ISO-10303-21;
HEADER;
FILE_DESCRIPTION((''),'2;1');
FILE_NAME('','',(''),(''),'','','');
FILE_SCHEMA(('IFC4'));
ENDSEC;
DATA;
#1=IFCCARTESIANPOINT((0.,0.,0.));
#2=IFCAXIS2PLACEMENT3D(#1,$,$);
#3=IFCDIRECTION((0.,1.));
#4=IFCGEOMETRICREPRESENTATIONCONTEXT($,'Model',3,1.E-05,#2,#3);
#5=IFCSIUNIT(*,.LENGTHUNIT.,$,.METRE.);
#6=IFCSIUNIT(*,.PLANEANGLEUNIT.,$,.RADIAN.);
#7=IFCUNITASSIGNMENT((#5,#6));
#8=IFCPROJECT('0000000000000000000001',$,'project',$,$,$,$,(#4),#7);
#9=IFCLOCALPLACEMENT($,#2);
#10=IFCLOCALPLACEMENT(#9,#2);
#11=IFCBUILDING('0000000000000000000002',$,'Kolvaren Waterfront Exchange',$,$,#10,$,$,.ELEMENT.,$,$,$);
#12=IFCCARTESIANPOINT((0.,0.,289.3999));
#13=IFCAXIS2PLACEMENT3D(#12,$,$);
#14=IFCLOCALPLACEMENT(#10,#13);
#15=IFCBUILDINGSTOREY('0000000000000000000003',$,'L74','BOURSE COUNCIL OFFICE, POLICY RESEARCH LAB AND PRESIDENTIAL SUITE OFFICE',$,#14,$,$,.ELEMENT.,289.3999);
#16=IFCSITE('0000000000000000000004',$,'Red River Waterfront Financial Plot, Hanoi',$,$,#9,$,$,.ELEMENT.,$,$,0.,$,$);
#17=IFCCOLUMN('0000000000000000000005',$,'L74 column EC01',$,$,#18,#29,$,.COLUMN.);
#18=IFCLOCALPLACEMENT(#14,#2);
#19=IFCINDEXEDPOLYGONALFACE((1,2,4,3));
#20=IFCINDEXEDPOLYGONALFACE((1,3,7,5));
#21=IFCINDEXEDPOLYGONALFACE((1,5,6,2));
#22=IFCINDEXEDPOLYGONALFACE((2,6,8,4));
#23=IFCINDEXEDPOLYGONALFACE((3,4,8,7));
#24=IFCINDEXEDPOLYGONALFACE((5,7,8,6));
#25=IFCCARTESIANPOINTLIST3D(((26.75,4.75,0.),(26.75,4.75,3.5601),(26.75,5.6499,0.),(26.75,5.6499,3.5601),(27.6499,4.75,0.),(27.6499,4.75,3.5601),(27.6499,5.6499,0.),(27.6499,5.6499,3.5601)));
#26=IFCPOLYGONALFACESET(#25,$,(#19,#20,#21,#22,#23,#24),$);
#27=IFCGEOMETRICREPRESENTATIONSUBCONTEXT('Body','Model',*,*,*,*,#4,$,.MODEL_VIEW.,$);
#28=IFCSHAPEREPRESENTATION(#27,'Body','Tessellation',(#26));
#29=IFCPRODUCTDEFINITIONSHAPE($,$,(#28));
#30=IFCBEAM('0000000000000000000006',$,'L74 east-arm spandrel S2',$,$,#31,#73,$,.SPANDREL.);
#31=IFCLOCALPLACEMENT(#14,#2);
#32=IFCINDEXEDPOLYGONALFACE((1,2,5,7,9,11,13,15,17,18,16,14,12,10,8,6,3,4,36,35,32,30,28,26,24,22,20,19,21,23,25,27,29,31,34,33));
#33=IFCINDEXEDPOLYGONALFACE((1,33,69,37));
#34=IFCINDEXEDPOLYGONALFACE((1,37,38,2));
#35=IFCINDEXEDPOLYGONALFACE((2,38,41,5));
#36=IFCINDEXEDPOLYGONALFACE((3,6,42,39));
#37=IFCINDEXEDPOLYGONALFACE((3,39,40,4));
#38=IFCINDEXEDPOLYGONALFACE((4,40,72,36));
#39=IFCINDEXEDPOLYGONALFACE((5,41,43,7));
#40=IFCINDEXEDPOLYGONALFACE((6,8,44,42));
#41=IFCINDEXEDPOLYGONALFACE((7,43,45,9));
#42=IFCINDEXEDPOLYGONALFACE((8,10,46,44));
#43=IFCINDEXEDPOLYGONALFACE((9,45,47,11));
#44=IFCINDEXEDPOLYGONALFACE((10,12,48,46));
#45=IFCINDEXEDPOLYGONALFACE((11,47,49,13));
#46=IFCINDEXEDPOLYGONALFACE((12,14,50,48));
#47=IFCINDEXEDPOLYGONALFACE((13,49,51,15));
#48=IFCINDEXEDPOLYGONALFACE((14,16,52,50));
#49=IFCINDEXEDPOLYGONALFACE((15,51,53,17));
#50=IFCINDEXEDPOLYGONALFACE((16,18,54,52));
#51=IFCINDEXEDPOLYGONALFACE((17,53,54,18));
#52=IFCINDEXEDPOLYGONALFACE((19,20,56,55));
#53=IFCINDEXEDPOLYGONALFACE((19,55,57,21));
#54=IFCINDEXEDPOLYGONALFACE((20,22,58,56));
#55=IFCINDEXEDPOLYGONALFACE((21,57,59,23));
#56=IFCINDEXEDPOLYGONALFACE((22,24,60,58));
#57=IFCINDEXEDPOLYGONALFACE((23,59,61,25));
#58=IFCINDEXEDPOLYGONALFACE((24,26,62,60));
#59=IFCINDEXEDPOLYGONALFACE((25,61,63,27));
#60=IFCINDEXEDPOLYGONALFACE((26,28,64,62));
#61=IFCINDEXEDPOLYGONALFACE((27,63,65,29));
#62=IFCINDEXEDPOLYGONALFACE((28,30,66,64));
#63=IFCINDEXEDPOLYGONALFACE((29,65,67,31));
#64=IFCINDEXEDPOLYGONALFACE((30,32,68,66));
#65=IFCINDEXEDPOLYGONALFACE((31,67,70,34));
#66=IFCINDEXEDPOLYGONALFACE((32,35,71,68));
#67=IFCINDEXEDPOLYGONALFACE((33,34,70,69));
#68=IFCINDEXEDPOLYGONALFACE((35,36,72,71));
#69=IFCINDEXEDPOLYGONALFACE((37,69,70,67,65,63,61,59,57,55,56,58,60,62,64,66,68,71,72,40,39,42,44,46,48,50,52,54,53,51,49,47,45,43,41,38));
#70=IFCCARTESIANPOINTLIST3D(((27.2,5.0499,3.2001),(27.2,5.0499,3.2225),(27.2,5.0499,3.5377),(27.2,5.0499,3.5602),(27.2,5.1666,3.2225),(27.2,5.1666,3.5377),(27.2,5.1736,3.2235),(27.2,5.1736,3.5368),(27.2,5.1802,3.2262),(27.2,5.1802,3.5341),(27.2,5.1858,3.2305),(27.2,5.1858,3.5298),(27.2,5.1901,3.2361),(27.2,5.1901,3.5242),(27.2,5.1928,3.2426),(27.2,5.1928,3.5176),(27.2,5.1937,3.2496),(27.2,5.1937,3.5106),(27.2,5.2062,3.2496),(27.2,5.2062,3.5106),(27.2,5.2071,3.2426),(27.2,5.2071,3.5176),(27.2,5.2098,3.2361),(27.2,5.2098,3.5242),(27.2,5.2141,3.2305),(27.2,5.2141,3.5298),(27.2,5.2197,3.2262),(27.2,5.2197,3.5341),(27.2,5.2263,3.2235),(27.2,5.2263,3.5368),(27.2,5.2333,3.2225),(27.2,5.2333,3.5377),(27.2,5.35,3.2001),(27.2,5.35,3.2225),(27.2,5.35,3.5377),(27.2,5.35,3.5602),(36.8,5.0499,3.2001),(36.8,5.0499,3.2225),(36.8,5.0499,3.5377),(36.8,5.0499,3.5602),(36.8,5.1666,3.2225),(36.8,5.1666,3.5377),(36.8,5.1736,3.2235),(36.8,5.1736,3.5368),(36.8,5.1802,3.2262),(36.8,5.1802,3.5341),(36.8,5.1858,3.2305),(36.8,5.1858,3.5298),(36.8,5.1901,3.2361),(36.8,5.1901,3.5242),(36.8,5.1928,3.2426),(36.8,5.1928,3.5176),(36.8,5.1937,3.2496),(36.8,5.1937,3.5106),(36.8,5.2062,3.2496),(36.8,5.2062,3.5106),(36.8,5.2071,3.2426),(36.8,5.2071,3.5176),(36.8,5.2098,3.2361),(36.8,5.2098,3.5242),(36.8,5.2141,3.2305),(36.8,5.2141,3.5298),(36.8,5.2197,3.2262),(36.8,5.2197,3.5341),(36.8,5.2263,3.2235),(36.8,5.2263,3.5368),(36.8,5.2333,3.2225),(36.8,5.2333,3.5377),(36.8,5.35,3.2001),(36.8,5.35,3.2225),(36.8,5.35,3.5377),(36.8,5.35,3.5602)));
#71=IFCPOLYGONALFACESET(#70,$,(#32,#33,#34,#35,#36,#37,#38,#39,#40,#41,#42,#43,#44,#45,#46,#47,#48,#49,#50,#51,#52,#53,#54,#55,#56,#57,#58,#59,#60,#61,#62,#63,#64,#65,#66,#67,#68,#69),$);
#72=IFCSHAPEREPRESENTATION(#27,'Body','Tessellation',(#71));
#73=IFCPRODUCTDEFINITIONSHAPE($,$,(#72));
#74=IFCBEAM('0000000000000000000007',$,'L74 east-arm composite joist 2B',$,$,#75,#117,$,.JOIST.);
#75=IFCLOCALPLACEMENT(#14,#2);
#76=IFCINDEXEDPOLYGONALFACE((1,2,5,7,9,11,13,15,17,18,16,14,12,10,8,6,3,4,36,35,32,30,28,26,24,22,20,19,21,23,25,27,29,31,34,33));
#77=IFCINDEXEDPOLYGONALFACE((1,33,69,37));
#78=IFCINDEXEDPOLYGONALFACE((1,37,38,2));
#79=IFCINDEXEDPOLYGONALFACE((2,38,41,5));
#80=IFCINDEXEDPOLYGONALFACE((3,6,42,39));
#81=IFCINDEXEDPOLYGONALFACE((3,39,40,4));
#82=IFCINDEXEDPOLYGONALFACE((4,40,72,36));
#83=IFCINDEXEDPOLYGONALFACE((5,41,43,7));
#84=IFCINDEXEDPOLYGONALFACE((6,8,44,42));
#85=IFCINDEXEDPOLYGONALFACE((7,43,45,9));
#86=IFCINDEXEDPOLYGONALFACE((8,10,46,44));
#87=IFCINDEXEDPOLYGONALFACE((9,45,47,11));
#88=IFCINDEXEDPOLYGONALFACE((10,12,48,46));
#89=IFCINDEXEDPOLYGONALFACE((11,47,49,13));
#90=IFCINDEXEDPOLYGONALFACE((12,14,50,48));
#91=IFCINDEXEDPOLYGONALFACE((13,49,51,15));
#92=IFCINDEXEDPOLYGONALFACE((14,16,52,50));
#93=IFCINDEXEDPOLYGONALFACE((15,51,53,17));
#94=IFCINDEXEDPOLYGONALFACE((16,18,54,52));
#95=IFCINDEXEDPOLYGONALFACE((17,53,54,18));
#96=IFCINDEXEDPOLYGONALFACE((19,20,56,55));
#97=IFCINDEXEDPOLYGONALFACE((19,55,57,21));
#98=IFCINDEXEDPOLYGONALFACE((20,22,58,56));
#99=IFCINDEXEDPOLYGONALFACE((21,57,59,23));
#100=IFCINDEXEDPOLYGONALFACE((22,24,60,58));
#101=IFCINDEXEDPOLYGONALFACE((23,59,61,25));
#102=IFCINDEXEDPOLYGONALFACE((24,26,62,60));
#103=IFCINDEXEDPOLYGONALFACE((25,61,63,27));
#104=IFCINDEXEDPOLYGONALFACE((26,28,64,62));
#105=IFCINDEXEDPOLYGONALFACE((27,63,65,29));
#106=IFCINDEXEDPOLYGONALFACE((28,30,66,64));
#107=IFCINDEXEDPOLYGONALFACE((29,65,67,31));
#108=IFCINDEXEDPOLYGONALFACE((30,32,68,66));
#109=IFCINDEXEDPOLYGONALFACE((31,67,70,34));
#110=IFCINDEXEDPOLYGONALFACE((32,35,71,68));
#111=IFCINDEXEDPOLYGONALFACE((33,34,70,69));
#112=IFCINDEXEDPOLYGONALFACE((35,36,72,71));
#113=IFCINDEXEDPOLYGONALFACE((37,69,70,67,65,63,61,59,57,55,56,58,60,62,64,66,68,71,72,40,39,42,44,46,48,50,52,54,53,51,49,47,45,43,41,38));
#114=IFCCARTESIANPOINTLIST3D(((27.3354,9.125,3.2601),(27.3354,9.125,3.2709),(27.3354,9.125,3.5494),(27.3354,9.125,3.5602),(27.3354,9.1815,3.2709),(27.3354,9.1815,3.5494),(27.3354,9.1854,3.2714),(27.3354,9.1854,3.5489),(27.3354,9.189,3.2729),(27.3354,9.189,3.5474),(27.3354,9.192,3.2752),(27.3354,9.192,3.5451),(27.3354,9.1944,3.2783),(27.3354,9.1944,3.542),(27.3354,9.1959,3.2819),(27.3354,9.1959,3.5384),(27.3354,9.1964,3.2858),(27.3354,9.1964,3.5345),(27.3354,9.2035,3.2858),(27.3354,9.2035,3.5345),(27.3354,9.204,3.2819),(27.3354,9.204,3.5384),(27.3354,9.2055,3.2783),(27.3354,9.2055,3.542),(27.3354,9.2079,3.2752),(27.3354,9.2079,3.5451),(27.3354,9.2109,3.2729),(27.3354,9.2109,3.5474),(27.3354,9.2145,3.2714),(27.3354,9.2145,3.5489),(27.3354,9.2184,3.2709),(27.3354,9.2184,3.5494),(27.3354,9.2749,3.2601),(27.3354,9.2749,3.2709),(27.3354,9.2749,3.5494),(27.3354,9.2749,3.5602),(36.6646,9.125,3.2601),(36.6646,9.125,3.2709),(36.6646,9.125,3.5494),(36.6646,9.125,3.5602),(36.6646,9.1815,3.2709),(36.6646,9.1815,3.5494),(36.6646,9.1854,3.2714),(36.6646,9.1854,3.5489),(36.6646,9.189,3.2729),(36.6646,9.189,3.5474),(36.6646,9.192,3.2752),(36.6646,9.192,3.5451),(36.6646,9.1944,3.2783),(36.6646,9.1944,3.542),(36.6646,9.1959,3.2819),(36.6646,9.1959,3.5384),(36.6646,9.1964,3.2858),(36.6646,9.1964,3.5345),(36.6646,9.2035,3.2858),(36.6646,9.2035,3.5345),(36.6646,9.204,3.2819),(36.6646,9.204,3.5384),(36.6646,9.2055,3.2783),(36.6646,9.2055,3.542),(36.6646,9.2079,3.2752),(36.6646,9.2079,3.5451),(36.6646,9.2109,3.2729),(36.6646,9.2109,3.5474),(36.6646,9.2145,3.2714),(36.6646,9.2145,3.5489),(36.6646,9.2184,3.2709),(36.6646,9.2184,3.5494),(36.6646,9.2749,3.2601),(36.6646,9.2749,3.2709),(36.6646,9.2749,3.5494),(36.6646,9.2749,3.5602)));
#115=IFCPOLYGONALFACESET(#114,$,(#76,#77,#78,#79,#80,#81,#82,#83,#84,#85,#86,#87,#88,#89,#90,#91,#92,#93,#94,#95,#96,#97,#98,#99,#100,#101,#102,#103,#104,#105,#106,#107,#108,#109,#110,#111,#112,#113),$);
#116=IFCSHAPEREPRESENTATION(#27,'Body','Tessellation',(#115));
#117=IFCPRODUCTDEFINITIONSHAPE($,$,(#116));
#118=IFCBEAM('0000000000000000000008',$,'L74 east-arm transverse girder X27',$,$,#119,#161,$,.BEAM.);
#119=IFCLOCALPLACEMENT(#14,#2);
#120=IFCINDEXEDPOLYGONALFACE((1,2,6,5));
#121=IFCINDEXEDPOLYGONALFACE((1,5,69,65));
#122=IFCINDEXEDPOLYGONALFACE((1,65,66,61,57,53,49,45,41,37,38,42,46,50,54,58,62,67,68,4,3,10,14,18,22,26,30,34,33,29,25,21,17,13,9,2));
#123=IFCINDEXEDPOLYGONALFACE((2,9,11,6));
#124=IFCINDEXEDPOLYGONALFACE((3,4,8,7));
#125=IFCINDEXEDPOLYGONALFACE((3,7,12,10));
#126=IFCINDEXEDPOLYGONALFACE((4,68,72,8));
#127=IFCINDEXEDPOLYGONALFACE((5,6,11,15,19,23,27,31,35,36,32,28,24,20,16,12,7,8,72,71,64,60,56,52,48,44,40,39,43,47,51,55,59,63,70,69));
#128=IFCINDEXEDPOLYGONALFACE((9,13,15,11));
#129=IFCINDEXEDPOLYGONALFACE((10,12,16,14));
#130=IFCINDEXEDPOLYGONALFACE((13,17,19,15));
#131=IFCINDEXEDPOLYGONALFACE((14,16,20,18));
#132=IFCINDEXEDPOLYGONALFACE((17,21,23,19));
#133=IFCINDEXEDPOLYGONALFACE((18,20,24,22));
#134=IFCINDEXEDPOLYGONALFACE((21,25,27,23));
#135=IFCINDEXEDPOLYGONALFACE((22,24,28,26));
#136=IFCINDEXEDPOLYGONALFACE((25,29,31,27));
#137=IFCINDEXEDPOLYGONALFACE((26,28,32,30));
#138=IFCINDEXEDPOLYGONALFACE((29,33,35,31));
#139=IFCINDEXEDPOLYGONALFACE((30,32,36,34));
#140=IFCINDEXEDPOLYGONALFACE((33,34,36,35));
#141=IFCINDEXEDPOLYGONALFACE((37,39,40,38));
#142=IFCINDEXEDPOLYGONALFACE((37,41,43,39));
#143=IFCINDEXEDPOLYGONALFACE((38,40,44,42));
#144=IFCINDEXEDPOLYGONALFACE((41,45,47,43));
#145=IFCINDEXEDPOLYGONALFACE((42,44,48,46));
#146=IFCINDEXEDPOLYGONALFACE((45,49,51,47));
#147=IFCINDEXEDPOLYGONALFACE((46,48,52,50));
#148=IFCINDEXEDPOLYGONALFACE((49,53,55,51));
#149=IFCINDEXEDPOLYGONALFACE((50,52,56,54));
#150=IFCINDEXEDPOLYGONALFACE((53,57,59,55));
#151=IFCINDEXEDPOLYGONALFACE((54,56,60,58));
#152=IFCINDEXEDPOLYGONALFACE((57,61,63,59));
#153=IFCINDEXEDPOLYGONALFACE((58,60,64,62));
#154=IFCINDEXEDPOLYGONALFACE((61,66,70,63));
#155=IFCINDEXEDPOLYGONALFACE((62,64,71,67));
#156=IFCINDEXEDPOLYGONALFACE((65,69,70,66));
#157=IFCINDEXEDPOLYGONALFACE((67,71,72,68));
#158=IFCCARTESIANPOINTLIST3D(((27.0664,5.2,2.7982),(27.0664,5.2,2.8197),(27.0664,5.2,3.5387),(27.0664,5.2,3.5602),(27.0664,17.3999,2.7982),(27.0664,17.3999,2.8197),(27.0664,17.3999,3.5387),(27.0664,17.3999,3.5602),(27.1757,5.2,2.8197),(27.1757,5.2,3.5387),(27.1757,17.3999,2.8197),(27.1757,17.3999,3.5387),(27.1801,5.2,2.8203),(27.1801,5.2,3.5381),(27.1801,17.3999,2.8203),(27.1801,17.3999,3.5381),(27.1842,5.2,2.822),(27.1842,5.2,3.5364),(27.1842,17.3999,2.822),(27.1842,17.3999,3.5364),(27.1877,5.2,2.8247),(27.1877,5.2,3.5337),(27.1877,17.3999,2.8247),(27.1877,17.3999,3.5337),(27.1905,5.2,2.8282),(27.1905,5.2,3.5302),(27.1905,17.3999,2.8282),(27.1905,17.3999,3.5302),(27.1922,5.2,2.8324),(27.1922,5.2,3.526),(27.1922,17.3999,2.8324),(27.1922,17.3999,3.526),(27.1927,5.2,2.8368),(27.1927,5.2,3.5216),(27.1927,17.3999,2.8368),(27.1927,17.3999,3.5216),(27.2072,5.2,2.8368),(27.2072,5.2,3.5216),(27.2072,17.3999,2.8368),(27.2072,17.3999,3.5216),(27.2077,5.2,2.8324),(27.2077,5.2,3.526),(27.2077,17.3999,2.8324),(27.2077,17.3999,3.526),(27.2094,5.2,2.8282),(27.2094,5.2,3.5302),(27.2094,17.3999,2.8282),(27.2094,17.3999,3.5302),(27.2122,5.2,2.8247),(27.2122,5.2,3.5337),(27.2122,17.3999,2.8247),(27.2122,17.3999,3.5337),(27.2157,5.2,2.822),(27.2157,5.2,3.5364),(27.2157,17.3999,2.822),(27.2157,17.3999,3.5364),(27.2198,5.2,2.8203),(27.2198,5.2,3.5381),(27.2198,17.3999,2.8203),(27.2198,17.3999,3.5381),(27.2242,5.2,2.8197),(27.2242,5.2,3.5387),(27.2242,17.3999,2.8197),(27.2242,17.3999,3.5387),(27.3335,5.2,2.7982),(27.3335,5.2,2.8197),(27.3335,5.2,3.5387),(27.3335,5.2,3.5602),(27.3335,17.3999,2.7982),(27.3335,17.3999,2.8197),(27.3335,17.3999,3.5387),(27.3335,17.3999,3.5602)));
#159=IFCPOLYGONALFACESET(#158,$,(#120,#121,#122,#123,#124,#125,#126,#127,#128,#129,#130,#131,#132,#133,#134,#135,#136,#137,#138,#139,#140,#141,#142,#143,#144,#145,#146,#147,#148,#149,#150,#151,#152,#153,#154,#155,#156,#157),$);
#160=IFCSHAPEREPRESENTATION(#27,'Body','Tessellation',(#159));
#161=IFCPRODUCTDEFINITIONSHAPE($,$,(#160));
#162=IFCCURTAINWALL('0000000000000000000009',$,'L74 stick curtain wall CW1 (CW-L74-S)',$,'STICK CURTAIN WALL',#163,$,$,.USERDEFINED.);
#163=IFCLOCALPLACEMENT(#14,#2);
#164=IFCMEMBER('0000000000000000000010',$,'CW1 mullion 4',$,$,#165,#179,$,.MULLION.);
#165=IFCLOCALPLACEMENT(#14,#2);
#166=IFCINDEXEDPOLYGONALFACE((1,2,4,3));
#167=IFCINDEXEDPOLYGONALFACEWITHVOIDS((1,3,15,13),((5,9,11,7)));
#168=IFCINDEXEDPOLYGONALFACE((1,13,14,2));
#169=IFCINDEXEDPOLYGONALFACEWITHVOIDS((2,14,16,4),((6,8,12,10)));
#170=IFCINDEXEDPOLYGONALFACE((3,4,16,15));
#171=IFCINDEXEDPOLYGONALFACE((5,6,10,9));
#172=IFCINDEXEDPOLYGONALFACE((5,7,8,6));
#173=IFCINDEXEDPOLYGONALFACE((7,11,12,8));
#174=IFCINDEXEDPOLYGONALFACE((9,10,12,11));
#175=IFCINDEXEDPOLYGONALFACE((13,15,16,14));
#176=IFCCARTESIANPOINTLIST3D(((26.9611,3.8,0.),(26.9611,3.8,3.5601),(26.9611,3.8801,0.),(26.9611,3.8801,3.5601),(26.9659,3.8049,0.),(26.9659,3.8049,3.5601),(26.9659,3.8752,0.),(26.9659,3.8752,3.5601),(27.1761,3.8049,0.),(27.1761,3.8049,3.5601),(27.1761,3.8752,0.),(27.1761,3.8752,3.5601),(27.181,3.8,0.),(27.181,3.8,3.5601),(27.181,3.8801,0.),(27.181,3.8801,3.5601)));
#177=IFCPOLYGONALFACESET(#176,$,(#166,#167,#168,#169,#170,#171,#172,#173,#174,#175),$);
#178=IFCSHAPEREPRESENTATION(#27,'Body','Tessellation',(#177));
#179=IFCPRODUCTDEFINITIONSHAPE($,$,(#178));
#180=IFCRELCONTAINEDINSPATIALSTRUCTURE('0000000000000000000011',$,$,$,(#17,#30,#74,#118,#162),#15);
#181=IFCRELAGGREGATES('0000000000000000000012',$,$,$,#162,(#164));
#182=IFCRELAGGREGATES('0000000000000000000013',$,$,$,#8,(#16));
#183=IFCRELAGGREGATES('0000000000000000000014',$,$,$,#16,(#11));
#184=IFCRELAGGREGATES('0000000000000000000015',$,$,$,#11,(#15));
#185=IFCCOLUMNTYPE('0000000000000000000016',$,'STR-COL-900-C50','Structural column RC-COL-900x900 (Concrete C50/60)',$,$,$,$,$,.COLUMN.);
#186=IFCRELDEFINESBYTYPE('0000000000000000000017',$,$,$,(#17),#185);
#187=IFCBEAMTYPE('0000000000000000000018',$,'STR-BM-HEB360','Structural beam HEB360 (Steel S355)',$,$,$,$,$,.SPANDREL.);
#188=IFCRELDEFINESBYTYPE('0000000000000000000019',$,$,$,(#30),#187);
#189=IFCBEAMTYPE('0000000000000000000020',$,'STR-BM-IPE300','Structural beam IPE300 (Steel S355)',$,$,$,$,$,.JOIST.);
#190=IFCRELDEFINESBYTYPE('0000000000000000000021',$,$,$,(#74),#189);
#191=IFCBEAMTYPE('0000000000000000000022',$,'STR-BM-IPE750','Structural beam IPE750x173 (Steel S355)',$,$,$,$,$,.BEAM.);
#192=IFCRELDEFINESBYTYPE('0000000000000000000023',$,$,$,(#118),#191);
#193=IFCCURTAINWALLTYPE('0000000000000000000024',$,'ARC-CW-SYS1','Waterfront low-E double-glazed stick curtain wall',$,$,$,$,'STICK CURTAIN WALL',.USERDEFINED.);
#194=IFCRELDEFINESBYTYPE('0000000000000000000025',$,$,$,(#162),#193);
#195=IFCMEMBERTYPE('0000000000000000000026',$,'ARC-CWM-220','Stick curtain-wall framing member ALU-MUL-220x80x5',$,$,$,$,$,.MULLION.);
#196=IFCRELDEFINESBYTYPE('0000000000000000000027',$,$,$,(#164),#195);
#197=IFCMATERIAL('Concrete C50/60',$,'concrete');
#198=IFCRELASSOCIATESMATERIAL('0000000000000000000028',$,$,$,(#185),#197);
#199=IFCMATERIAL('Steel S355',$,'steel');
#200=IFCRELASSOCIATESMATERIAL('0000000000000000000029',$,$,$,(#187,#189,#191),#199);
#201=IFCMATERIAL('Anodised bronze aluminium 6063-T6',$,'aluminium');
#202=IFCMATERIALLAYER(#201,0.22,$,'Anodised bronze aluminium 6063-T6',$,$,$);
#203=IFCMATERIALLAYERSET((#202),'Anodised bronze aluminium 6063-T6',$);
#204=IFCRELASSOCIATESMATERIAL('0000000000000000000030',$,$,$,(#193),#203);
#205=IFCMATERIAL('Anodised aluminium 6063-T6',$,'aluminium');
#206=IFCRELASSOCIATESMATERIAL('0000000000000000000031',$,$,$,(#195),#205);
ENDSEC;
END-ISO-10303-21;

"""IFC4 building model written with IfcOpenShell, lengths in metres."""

from ifc_helpers import new_model, si_unit, direction, frame, origin, origin_with_axes, origin_2d, place, context, subcontext, project, spatial, rectangle, hollow_rectangle, i_section, extrude, source, transform, mapped, material, layer, layer_set, material_profile, profile_set, type_object, element, aggregate, save


model = new_model("IFC4")

# Units and contexts
model_context = context("Model", 3, precision=1e-05, world=origin(), true_north=direction((0.0, 1.0)))
body_context = subcontext(model_context, "Body", "Model", "MODEL_VIEW")
ifc_project = project(units=[si_unit("LENGTHUNIT", "METRE"), si_unit("PLANEANGLEUNIT", "RADIAN")], contexts=[model_context])

# Site, building, storey
site_placement = place(None, origin())
site = spatial("IfcSite", under=ifc_project, at=site_placement, Name="Red River Waterfront Financial Plot, Hanoi", CompositionType="ELEMENT", RefElevation=0.0)
building_placement = place(site_placement, origin())
building = spatial("IfcBuilding", under=site, at=building_placement, Name="Kolvaren Waterfront Exchange", CompositionType="ELEMENT")
storey_placement = place(building_placement, frame((0.0, 0.0, 289.3999)))
storey = spatial("IfcBuildingStorey", under=building, at=storey_placement, Name="L74", Description="BOURSE COUNCIL OFFICE, POLICY RESEARCH LAB AND PRESIDENTIAL SUITE OFFICE", CompositionType="ELEMENT", Elevation=289.3999)

# Column
ifc_material_1 = material(Name="Concrete C50/60", Category="concrete")
ifc_material_profile_1 = material_profile(ifc_material_1, rectangle(XDim=0.8999, YDim=0.8999, at=origin_2d()), Name="RC-COL-900x900")
ifc_profile_set_1 = profile_set([ifc_material_profile_1], Name="Concrete C50/60")
column_type = type_object("IfcColumnType", Name="STR-COL-900-C50", Description="Structural column RC-COL-900x900 (Concrete C50/60)", PredefinedType="COLUMN", material=ifc_profile_set_1)
column_placement = place(storey_placement, frame((27.2, 5.2, 0.0), z_axis=(0.0, 0.0, 1.0), x_axis=(1.0, 0.0, 0.0)))
element("IfcColumn", 1, at=column_placement, inside=storey, type_object=column_type, Name="L74 column EC01", PredefinedType="COLUMN", context=body_context, shape_type="SweptSolid", body=[
    extrude(rectangle(XDim=0.8999, YDim=0.8999, at=origin_2d()), origin(), (0.0, 0.0, 1.0), 3.5601),
])

# Beams
ifc_material_2 = material(Name="Steel S355", Category="steel")
ifc_material_profile_2 = material_profile(ifc_material_2, i_section(OverallWidth=0.3, OverallDepth=0.3601, WebThickness=0.0125, FlangeThickness=0.0225, FilletRadius=0.0271, at=origin_2d()), Name="HEB360")
ifc_profile_set_2 = profile_set([ifc_material_profile_2], Name="Steel S355")
beam_type_1 = type_object("IfcBeamType", Name="STR-BM-HEB360", Description="Structural beam HEB360 (Steel S355)", PredefinedType="SPANDREL", material=ifc_profile_set_2)
beam_1_placement = place(storey_placement, frame((27.2, 5.2, 3.3801), z_axis=(1.0, 0.0, 0.0), x_axis=(0.0, 1.0, 0.0)))
element("IfcBeam", 2, at=beam_1_placement, inside=storey, type_object=beam_type_1, Name="L74 east-arm spandrel S2", PredefinedType="SPANDREL", context=body_context, shape_type="SweptSolid", body=[
    extrude(i_section(OverallWidth=0.3, OverallDepth=0.3601, WebThickness=0.0125, FlangeThickness=0.0225, FilletRadius=0.0271, at=origin_2d()), origin(), (0.0, 0.0, 1.0), 9.6001),
])
ifc_material_profile_3 = material_profile(ifc_material_2, i_section(OverallWidth=0.1499, OverallDepth=0.3, WebThickness=0.0071, FlangeThickness=0.0107, FilletRadius=0.0149, at=origin_2d()), Name="IPE300")
ifc_profile_set_3 = profile_set([ifc_material_profile_3], Name="Steel S355")
beam_type_2 = type_object("IfcBeamType", Name="STR-BM-IPE300", Description="Structural beam IPE300 (Steel S355)", PredefinedType="JOIST", material=ifc_profile_set_3)
beam_2_placement = place(storey_placement, frame((27.3354, 9.2, 3.4102), z_axis=(1.0, 0.0, 0.0), x_axis=(0.0, 1.0, 0.0)))
element("IfcBeam", 3, at=beam_2_placement, inside=storey, type_object=beam_type_2, Name="L74 east-arm composite joist 2B", PredefinedType="JOIST", context=body_context, shape_type="SweptSolid", body=[
    extrude(i_section(OverallWidth=0.1499, OverallDepth=0.3, WebThickness=0.0071, FlangeThickness=0.0107, FilletRadius=0.0149, at=origin_2d()), origin(), (0.0, 0.0, 1.0), 9.3291),
])
ifc_material_profile_4 = material_profile(ifc_material_2, i_section(OverallWidth=0.2671, OverallDepth=0.762, WebThickness=0.0144, FlangeThickness=0.0215, FilletRadius=0.0171, at=origin_2d()), Name="IPE750x173")
ifc_profile_set_4 = profile_set([ifc_material_profile_4], Name="Steel S355")
beam_type_3 = type_object("IfcBeamType", Name="STR-BM-IPE750", Description="Structural beam IPE750x173 (Steel S355)", PredefinedType="BEAM", material=ifc_profile_set_4)
beam_3_placement = place(storey_placement, frame((27.2, 5.2, 3.1792), z_axis=(0.0, 1.0, 0.0), x_axis=(-1.0, 0.0, 0.0)))
element("IfcBeam", 4, at=beam_3_placement, inside=storey, type_object=beam_type_3, Name="L74 east-arm transverse girder X27", PredefinedType="BEAM", context=body_context, shape_type="SweptSolid", body=[
    extrude(i_section(OverallWidth=0.2671, OverallDepth=0.762, WebThickness=0.0144, FlangeThickness=0.0215, FilletRadius=0.0171, at=origin_2d()), origin(), (0.0, 0.0, 1.0), 12.2),
])

# Curtain wall, member
ifc_material_3 = material(Name="Anodised bronze aluminium 6063-T6", Category="aluminium")
ifc_layer_1 = layer(ifc_material_3, 0.22, Name="Anodised bronze aluminium 6063-T6")
ifc_layer_set_1 = layer_set([ifc_layer_1], Name="Anodised bronze aluminium 6063-T6")
curtain_wall_type = type_object("IfcCurtainWallType", Name="ARC-CW-SYS1", Description="Waterfront low-E double-glazed stick curtain wall", ElementType="STICK CURTAIN WALL", PredefinedType="USERDEFINED", material=ifc_layer_set_1)
curtain_wall_placement = place(storey_placement, origin())
curtain_wall = element("IfcCurtainWall", 5, at=curtain_wall_placement, inside=storey, type_object=curtain_wall_type, Name="L74 stick curtain wall CW1 (CW-L74-S)", ObjectType="STICK CURTAIN WALL", PredefinedType="USERDEFINED")
ifc_material_4 = material(Name="Anodised aluminium 6063-T6", Category="aluminium")
ifc_material_profile_5 = material_profile(ifc_material_4, hollow_rectangle(XDim=0.0801, YDim=0.22, WallThickness=0.0049, at=origin_2d()), Name="ALU-MUL-220x80x5")
ifc_profile_set_5 = profile_set([ifc_material_profile_5], Name="Anodised aluminium 6063-T6")
member_type_1 = type_object("IfcMemberType", Name="ARC-CWM-220", Description="Stick curtain-wall framing member ALU-MUL-220x80x5", PredefinedType="MULLION", material=ifc_profile_set_5)
shared_shape_1 = source(origin_with_axes(), body_context, "Body", "SweptSolid", [
    extrude(hollow_rectangle(XDim=0.0801, YDim=0.22, WallThickness=0.0049, at=origin_2d()), origin(), (0.0, 0.0, 1.0), 3.5601),
])
member_1_placement = place(storey_placement, frame((27.071, 3.8401, 0.0), z_axis=(0.0, 0.0, 1.0), x_axis=(0.0, 1.0, 0.0)))
member_1 = element("IfcMember", 6, at=member_1_placement, type_object=member_type_1, Name="CW1 mullion 4", PredefinedType="MULLION", context=body_context, shape_type="MappedRepresentation", body=[
    mapped(shared_shape_1, transform((0.0, 0.0, 0.0), x_axis=(1.0, 0.0, 0.0), y_axis=(0.0, 1.0, 0.0), z_axis=(0.0, 0.0, 1.0), scale=1.0)),
])
aggregate(curtain_wall, [member_1])

save(model, "model.ifc")
